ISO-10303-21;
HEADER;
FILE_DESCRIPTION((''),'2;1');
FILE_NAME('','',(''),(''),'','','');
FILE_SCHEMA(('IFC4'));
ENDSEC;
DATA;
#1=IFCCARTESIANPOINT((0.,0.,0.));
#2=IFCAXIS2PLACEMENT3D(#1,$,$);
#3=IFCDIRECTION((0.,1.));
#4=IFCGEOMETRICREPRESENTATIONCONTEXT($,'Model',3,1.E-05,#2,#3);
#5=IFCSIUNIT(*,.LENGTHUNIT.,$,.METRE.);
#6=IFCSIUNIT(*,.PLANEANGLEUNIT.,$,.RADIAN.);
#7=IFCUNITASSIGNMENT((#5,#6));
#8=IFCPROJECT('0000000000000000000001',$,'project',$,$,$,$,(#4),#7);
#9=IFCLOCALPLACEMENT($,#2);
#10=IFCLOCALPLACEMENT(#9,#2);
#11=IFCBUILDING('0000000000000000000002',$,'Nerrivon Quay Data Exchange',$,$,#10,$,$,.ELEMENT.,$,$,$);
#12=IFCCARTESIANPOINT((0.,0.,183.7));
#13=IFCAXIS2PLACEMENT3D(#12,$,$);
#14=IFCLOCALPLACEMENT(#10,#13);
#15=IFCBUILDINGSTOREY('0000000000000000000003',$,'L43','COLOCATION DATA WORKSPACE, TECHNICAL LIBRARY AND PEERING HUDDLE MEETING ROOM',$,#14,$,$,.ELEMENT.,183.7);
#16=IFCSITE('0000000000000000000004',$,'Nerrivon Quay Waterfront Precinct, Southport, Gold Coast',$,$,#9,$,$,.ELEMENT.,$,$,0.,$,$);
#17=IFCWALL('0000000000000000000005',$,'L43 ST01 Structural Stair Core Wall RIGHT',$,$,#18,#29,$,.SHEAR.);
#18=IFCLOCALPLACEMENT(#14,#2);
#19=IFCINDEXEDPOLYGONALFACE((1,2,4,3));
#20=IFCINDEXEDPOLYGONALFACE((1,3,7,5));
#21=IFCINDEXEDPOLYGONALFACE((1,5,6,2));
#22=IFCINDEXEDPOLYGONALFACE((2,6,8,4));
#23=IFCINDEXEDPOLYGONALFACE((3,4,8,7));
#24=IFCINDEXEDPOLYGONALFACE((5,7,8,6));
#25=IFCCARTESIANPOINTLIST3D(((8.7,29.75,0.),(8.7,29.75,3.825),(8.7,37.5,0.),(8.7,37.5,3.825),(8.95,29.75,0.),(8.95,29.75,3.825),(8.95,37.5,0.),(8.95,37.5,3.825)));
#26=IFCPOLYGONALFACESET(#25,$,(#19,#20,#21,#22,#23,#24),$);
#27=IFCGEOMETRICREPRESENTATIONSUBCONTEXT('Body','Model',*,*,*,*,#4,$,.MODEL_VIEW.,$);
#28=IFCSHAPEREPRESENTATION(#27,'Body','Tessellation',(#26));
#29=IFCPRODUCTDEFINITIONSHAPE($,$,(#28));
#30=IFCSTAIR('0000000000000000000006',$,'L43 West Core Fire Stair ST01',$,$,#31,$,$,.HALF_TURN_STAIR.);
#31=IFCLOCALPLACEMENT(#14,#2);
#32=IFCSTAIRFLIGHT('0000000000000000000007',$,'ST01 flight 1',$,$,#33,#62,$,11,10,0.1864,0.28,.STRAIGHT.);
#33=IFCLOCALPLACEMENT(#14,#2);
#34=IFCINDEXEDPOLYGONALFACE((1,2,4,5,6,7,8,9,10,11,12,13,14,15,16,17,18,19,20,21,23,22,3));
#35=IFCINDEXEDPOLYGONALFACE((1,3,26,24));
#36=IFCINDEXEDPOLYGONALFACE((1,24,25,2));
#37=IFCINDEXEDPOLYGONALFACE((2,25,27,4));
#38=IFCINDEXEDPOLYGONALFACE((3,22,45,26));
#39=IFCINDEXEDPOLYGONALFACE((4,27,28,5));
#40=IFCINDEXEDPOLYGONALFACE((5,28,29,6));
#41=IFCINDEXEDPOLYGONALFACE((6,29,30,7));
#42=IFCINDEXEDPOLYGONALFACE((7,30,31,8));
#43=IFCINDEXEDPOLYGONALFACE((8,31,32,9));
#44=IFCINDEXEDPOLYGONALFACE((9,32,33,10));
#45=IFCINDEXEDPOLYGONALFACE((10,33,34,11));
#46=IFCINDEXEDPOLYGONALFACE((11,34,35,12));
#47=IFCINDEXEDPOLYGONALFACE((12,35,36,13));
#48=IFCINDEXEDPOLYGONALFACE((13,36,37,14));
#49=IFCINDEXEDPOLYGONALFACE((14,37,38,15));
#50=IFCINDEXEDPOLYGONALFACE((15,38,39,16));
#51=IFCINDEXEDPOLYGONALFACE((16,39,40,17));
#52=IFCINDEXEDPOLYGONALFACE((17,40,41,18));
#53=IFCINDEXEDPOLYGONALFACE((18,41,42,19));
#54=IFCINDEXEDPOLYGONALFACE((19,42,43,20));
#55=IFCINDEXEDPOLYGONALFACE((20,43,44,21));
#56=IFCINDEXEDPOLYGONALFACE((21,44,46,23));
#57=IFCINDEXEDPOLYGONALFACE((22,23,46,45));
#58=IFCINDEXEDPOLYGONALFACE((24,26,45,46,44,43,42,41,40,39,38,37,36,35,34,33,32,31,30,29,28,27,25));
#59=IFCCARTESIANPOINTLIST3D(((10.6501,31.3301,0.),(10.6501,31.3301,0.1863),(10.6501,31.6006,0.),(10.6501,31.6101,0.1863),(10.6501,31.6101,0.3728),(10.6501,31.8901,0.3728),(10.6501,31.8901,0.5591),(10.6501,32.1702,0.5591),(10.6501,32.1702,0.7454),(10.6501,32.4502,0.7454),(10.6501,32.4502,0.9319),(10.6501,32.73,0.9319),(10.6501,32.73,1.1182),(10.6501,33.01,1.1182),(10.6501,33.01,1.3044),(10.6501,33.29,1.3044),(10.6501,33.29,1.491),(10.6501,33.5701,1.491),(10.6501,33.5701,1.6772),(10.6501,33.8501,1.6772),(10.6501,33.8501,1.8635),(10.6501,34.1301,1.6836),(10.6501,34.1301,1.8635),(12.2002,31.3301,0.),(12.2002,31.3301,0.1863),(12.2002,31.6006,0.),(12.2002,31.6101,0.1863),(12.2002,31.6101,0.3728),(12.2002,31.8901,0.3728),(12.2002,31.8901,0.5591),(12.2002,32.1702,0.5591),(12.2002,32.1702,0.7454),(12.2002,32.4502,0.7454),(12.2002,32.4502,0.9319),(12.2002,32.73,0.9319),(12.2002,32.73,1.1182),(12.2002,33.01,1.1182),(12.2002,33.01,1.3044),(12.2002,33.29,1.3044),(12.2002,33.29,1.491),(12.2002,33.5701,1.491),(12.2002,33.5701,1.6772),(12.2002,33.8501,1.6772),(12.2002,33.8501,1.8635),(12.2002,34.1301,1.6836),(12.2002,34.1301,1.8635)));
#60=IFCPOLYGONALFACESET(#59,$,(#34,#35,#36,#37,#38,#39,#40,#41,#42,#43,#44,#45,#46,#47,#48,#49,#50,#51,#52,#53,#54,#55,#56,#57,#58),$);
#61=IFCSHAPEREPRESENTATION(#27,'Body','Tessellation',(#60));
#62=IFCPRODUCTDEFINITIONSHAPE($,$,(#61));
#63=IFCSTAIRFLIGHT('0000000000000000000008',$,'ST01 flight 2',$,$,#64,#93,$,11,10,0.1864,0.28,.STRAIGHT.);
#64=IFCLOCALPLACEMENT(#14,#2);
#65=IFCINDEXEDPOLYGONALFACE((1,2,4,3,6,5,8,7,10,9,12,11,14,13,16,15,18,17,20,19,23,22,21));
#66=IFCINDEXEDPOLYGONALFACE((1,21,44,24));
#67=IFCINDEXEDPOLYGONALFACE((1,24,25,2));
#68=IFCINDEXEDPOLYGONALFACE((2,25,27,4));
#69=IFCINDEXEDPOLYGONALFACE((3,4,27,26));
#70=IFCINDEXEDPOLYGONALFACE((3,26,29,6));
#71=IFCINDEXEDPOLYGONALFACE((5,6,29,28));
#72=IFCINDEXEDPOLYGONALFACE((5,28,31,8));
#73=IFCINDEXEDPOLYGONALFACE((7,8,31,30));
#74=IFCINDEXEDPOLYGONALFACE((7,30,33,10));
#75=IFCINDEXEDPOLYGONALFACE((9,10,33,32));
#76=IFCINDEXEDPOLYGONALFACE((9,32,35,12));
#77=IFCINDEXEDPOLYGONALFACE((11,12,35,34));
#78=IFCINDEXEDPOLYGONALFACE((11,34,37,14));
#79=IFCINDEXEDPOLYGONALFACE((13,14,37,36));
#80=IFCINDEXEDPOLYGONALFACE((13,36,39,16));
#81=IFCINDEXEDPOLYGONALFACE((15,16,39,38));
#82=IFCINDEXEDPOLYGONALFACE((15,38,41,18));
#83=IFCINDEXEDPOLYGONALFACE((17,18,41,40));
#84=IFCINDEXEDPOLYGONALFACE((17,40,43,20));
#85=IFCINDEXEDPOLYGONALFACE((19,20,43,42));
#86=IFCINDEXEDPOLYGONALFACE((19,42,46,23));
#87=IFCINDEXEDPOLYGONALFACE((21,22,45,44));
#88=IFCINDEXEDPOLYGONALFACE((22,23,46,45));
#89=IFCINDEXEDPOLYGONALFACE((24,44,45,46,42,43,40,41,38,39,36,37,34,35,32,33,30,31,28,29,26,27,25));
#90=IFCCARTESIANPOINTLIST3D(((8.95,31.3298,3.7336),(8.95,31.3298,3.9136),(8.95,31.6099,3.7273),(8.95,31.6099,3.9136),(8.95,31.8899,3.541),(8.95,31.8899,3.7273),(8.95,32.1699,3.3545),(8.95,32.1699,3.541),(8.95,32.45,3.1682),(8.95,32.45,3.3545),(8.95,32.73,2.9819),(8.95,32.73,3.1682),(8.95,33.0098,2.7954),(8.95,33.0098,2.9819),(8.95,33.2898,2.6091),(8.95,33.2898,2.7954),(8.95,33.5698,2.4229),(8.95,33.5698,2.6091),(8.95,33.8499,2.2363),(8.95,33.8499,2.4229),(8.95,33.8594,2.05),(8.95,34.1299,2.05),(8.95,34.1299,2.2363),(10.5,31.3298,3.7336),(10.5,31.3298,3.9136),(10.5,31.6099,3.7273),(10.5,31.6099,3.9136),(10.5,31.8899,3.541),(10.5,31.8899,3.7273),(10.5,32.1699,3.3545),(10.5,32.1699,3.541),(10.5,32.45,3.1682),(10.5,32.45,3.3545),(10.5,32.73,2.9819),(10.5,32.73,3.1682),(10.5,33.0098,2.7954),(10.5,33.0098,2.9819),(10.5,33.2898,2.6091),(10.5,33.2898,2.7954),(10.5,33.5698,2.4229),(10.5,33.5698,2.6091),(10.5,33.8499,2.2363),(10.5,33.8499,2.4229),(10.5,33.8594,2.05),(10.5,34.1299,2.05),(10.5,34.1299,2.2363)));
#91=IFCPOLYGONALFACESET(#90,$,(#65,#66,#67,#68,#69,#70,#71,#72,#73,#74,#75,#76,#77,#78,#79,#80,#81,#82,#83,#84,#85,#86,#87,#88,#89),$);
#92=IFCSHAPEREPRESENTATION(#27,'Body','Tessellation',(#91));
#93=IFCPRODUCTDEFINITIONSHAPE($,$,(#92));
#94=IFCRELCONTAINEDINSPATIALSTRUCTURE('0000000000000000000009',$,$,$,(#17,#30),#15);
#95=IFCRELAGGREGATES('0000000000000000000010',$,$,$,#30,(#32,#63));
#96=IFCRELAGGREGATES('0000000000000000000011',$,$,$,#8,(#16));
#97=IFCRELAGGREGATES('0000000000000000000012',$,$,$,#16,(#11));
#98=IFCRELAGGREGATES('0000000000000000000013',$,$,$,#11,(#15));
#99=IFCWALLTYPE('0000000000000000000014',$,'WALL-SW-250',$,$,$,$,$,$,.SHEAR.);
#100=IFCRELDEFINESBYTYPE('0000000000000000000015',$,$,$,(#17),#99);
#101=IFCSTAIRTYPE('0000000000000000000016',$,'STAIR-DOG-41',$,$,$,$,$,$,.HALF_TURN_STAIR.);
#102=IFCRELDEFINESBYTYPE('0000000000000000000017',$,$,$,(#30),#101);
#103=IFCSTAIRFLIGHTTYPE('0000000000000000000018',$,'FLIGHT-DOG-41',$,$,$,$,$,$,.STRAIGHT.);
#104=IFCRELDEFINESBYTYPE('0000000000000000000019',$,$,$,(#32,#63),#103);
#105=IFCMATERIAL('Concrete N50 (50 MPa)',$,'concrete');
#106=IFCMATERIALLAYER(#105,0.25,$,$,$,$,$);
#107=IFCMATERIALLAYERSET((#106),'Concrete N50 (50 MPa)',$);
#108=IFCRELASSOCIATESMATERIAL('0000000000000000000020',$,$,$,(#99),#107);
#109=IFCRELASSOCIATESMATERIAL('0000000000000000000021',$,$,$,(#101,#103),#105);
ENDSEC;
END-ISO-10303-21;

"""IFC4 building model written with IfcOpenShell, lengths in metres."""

from ifc_helpers import new_model, si_unit, direction, frame, frame_2d, origin, place, context, subcontext, project, spatial, polyline, rectangle, outline, extrude, material, layer, layer_set, type_object, element, aggregate, save


model = new_model("IFC4")

# Units and contexts
model_context = context("Model", 3, precision=1e-05, world=origin(), true_north=direction((0.0, 1.0)))
body_context = subcontext(model_context, "Body", "Model", "MODEL_VIEW")
ifc_project = project(units=[si_unit("LENGTHUNIT", "METRE"), si_unit("PLANEANGLEUNIT", "RADIAN")], contexts=[model_context])

# Site, building, storey
site_placement = place(None, origin())
site = spatial("IfcSite", under=ifc_project, at=site_placement, Name="Nerrivon Quay Waterfront Precinct, Southport, Gold Coast", CompositionType="ELEMENT", RefElevation=0.0)
building_placement = place(site_placement, origin())
building = spatial("IfcBuilding", under=site, at=building_placement, Name="Nerrivon Quay Data Exchange", CompositionType="ELEMENT")
storey_placement = place(building_placement, frame((0.0, 0.0, 183.7)))
storey = spatial("IfcBuildingStorey", under=building, at=storey_placement, Name="L43", Description="COLOCATION DATA WORKSPACE, TECHNICAL LIBRARY AND PEERING HUDDLE MEETING ROOM", CompositionType="ELEMENT", Elevation=183.7)

# Shared definitions
ifc_material_1 = material(Name="Concrete N50 (50 MPa)", Category="concrete")
ifc_layer_1 = layer(ifc_material_1, 0.25)
ifc_layer_set_1 = layer_set([ifc_layer_1], Name="Concrete N50 (50 MPa)")
wall_type_1 = type_object("IfcWallType", Name="WALL-SW-250", PredefinedType="SHEAR", material=ifc_layer_set_1)

# Wall
wall_1_placement = place(storey_placement, frame((8.825, 29.75, 0.0), z_axis=(0.0, 0.0, 1.0), x_axis=(0.0, 1.0, 0.0)))
element("IfcWall", 1, at=wall_1_placement, inside=storey, type_object=wall_type_1, Name="L43 ST01 Structural Stair Core Wall RIGHT", PredefinedType="SHEAR", context=body_context, shape_type="SweptSolid", body=[
    extrude(rectangle(XDim=7.75, YDim=0.25, at=frame_2d((3.875, 0.0))), origin(), (0.0, 0.0, 1.0), 3.825),
])

# Stair, stair flights
stair_type = type_object("IfcStairType", Name="STAIR-DOG-41", PredefinedType="HALF_TURN_STAIR", material=ifc_material_1)
stair_placement = place(storey_placement, origin())
stair = element("IfcStair", 2, at=stair_placement, inside=storey, type_object=stair_type, Name="L43 West Core Fire Stair ST01", PredefinedType="HALF_TURN_STAIR")
stair_flight_type = type_object("IfcStairFlightType", Name="FLIGHT-DOG-41", PredefinedType="STRAIGHT", material=ifc_material_1)
stair_flight_1_placement = place(storey_placement, frame((11.425, 31.3301, 0.0), z_axis=(0.0, 0.0, 1.0), x_axis=(0.0, 1.0, 0.0)))
stair_flight_1 = element("IfcStairFlight", 3, at=stair_flight_1_placement, type_object=stair_flight_type, Name="ST01 flight 1", NumberOfRisers=11, NumberOfTreads=10, PredefinedType="STRAIGHT", RiserHeight=0.1864, TreadLength=0.28, context=body_context, shape_type="SweptSolid", body=[
    extrude(outline(polyline([(0.0, 0.0), (0.0, 0.1863), (0.28, 0.1863), (0.28, 0.3728), (0.5601, 0.3728), (0.5601, 0.5591), (0.8401, 0.5591), (0.8401, 0.7454), (1.1201, 0.7454), (1.1201, 0.9319), (1.3999, 0.9319), (1.3999, 1.1182), (1.6799, 1.1182), (1.6799, 1.3044), (1.96, 1.3044), (1.96, 1.491), (2.24, 1.491), (2.24, 1.6772), (2.52, 1.6772), (2.52, 1.8635), (2.8, 1.8635), (2.8, 2.05), (2.8, 1.6836), (0.2705, 0.0), (0.0, 0.0)])), frame((0.0, 0.7749, 0.0), z_axis=(0.0, -1.0, 0.0), x_axis=(1.0, 0.0, 0.0)), (0.0, 0.0, 1.0), 1.55),
])
stair_flight_2_placement = place(storey_placement, frame((9.7251, 34.1299, 2.05), z_axis=(0.0, 0.0, 1.0), x_axis=(0.0, -1.0, 0.0)))
stair_flight_2 = element("IfcStairFlight", 4, at=stair_flight_2_placement, type_object=stair_flight_type, Name="ST01 flight 2", NumberOfRisers=11, NumberOfTreads=10, PredefinedType="STRAIGHT", RiserHeight=0.1864, TreadLength=0.28, context=body_context, shape_type="SweptSolid", body=[
    extrude(outline(polyline([(0.0, 0.0), (0.0, 0.1863), (0.28, 0.1863), (0.28, 0.3728), (0.5601, 0.3728), (0.5601, 0.5591), (0.8401, 0.5591), (0.8401, 0.7454), (1.1201, 0.7454), (1.1201, 0.9319), (1.3999, 0.9319), (1.3999, 1.1182), (1.6799, 1.1182), (1.6799, 1.3044), (1.96, 1.3044), (1.96, 1.491), (2.24, 1.491), (2.24, 1.6772), (2.52, 1.6772), (2.52, 1.8635), (2.8, 1.8635), (2.8, 2.05), (2.8, 1.6836), (0.2705, 0.0), (0.0, 0.0)])), frame((0.0, 0.7749, 0.0), z_axis=(0.0, -1.0, 0.0), x_axis=(1.0, 0.0, 0.0)), (0.0, 0.0, 1.0), 1.55),
])
aggregate(stair, [stair_flight_1, stair_flight_2])

save(model, "model.ifc")
